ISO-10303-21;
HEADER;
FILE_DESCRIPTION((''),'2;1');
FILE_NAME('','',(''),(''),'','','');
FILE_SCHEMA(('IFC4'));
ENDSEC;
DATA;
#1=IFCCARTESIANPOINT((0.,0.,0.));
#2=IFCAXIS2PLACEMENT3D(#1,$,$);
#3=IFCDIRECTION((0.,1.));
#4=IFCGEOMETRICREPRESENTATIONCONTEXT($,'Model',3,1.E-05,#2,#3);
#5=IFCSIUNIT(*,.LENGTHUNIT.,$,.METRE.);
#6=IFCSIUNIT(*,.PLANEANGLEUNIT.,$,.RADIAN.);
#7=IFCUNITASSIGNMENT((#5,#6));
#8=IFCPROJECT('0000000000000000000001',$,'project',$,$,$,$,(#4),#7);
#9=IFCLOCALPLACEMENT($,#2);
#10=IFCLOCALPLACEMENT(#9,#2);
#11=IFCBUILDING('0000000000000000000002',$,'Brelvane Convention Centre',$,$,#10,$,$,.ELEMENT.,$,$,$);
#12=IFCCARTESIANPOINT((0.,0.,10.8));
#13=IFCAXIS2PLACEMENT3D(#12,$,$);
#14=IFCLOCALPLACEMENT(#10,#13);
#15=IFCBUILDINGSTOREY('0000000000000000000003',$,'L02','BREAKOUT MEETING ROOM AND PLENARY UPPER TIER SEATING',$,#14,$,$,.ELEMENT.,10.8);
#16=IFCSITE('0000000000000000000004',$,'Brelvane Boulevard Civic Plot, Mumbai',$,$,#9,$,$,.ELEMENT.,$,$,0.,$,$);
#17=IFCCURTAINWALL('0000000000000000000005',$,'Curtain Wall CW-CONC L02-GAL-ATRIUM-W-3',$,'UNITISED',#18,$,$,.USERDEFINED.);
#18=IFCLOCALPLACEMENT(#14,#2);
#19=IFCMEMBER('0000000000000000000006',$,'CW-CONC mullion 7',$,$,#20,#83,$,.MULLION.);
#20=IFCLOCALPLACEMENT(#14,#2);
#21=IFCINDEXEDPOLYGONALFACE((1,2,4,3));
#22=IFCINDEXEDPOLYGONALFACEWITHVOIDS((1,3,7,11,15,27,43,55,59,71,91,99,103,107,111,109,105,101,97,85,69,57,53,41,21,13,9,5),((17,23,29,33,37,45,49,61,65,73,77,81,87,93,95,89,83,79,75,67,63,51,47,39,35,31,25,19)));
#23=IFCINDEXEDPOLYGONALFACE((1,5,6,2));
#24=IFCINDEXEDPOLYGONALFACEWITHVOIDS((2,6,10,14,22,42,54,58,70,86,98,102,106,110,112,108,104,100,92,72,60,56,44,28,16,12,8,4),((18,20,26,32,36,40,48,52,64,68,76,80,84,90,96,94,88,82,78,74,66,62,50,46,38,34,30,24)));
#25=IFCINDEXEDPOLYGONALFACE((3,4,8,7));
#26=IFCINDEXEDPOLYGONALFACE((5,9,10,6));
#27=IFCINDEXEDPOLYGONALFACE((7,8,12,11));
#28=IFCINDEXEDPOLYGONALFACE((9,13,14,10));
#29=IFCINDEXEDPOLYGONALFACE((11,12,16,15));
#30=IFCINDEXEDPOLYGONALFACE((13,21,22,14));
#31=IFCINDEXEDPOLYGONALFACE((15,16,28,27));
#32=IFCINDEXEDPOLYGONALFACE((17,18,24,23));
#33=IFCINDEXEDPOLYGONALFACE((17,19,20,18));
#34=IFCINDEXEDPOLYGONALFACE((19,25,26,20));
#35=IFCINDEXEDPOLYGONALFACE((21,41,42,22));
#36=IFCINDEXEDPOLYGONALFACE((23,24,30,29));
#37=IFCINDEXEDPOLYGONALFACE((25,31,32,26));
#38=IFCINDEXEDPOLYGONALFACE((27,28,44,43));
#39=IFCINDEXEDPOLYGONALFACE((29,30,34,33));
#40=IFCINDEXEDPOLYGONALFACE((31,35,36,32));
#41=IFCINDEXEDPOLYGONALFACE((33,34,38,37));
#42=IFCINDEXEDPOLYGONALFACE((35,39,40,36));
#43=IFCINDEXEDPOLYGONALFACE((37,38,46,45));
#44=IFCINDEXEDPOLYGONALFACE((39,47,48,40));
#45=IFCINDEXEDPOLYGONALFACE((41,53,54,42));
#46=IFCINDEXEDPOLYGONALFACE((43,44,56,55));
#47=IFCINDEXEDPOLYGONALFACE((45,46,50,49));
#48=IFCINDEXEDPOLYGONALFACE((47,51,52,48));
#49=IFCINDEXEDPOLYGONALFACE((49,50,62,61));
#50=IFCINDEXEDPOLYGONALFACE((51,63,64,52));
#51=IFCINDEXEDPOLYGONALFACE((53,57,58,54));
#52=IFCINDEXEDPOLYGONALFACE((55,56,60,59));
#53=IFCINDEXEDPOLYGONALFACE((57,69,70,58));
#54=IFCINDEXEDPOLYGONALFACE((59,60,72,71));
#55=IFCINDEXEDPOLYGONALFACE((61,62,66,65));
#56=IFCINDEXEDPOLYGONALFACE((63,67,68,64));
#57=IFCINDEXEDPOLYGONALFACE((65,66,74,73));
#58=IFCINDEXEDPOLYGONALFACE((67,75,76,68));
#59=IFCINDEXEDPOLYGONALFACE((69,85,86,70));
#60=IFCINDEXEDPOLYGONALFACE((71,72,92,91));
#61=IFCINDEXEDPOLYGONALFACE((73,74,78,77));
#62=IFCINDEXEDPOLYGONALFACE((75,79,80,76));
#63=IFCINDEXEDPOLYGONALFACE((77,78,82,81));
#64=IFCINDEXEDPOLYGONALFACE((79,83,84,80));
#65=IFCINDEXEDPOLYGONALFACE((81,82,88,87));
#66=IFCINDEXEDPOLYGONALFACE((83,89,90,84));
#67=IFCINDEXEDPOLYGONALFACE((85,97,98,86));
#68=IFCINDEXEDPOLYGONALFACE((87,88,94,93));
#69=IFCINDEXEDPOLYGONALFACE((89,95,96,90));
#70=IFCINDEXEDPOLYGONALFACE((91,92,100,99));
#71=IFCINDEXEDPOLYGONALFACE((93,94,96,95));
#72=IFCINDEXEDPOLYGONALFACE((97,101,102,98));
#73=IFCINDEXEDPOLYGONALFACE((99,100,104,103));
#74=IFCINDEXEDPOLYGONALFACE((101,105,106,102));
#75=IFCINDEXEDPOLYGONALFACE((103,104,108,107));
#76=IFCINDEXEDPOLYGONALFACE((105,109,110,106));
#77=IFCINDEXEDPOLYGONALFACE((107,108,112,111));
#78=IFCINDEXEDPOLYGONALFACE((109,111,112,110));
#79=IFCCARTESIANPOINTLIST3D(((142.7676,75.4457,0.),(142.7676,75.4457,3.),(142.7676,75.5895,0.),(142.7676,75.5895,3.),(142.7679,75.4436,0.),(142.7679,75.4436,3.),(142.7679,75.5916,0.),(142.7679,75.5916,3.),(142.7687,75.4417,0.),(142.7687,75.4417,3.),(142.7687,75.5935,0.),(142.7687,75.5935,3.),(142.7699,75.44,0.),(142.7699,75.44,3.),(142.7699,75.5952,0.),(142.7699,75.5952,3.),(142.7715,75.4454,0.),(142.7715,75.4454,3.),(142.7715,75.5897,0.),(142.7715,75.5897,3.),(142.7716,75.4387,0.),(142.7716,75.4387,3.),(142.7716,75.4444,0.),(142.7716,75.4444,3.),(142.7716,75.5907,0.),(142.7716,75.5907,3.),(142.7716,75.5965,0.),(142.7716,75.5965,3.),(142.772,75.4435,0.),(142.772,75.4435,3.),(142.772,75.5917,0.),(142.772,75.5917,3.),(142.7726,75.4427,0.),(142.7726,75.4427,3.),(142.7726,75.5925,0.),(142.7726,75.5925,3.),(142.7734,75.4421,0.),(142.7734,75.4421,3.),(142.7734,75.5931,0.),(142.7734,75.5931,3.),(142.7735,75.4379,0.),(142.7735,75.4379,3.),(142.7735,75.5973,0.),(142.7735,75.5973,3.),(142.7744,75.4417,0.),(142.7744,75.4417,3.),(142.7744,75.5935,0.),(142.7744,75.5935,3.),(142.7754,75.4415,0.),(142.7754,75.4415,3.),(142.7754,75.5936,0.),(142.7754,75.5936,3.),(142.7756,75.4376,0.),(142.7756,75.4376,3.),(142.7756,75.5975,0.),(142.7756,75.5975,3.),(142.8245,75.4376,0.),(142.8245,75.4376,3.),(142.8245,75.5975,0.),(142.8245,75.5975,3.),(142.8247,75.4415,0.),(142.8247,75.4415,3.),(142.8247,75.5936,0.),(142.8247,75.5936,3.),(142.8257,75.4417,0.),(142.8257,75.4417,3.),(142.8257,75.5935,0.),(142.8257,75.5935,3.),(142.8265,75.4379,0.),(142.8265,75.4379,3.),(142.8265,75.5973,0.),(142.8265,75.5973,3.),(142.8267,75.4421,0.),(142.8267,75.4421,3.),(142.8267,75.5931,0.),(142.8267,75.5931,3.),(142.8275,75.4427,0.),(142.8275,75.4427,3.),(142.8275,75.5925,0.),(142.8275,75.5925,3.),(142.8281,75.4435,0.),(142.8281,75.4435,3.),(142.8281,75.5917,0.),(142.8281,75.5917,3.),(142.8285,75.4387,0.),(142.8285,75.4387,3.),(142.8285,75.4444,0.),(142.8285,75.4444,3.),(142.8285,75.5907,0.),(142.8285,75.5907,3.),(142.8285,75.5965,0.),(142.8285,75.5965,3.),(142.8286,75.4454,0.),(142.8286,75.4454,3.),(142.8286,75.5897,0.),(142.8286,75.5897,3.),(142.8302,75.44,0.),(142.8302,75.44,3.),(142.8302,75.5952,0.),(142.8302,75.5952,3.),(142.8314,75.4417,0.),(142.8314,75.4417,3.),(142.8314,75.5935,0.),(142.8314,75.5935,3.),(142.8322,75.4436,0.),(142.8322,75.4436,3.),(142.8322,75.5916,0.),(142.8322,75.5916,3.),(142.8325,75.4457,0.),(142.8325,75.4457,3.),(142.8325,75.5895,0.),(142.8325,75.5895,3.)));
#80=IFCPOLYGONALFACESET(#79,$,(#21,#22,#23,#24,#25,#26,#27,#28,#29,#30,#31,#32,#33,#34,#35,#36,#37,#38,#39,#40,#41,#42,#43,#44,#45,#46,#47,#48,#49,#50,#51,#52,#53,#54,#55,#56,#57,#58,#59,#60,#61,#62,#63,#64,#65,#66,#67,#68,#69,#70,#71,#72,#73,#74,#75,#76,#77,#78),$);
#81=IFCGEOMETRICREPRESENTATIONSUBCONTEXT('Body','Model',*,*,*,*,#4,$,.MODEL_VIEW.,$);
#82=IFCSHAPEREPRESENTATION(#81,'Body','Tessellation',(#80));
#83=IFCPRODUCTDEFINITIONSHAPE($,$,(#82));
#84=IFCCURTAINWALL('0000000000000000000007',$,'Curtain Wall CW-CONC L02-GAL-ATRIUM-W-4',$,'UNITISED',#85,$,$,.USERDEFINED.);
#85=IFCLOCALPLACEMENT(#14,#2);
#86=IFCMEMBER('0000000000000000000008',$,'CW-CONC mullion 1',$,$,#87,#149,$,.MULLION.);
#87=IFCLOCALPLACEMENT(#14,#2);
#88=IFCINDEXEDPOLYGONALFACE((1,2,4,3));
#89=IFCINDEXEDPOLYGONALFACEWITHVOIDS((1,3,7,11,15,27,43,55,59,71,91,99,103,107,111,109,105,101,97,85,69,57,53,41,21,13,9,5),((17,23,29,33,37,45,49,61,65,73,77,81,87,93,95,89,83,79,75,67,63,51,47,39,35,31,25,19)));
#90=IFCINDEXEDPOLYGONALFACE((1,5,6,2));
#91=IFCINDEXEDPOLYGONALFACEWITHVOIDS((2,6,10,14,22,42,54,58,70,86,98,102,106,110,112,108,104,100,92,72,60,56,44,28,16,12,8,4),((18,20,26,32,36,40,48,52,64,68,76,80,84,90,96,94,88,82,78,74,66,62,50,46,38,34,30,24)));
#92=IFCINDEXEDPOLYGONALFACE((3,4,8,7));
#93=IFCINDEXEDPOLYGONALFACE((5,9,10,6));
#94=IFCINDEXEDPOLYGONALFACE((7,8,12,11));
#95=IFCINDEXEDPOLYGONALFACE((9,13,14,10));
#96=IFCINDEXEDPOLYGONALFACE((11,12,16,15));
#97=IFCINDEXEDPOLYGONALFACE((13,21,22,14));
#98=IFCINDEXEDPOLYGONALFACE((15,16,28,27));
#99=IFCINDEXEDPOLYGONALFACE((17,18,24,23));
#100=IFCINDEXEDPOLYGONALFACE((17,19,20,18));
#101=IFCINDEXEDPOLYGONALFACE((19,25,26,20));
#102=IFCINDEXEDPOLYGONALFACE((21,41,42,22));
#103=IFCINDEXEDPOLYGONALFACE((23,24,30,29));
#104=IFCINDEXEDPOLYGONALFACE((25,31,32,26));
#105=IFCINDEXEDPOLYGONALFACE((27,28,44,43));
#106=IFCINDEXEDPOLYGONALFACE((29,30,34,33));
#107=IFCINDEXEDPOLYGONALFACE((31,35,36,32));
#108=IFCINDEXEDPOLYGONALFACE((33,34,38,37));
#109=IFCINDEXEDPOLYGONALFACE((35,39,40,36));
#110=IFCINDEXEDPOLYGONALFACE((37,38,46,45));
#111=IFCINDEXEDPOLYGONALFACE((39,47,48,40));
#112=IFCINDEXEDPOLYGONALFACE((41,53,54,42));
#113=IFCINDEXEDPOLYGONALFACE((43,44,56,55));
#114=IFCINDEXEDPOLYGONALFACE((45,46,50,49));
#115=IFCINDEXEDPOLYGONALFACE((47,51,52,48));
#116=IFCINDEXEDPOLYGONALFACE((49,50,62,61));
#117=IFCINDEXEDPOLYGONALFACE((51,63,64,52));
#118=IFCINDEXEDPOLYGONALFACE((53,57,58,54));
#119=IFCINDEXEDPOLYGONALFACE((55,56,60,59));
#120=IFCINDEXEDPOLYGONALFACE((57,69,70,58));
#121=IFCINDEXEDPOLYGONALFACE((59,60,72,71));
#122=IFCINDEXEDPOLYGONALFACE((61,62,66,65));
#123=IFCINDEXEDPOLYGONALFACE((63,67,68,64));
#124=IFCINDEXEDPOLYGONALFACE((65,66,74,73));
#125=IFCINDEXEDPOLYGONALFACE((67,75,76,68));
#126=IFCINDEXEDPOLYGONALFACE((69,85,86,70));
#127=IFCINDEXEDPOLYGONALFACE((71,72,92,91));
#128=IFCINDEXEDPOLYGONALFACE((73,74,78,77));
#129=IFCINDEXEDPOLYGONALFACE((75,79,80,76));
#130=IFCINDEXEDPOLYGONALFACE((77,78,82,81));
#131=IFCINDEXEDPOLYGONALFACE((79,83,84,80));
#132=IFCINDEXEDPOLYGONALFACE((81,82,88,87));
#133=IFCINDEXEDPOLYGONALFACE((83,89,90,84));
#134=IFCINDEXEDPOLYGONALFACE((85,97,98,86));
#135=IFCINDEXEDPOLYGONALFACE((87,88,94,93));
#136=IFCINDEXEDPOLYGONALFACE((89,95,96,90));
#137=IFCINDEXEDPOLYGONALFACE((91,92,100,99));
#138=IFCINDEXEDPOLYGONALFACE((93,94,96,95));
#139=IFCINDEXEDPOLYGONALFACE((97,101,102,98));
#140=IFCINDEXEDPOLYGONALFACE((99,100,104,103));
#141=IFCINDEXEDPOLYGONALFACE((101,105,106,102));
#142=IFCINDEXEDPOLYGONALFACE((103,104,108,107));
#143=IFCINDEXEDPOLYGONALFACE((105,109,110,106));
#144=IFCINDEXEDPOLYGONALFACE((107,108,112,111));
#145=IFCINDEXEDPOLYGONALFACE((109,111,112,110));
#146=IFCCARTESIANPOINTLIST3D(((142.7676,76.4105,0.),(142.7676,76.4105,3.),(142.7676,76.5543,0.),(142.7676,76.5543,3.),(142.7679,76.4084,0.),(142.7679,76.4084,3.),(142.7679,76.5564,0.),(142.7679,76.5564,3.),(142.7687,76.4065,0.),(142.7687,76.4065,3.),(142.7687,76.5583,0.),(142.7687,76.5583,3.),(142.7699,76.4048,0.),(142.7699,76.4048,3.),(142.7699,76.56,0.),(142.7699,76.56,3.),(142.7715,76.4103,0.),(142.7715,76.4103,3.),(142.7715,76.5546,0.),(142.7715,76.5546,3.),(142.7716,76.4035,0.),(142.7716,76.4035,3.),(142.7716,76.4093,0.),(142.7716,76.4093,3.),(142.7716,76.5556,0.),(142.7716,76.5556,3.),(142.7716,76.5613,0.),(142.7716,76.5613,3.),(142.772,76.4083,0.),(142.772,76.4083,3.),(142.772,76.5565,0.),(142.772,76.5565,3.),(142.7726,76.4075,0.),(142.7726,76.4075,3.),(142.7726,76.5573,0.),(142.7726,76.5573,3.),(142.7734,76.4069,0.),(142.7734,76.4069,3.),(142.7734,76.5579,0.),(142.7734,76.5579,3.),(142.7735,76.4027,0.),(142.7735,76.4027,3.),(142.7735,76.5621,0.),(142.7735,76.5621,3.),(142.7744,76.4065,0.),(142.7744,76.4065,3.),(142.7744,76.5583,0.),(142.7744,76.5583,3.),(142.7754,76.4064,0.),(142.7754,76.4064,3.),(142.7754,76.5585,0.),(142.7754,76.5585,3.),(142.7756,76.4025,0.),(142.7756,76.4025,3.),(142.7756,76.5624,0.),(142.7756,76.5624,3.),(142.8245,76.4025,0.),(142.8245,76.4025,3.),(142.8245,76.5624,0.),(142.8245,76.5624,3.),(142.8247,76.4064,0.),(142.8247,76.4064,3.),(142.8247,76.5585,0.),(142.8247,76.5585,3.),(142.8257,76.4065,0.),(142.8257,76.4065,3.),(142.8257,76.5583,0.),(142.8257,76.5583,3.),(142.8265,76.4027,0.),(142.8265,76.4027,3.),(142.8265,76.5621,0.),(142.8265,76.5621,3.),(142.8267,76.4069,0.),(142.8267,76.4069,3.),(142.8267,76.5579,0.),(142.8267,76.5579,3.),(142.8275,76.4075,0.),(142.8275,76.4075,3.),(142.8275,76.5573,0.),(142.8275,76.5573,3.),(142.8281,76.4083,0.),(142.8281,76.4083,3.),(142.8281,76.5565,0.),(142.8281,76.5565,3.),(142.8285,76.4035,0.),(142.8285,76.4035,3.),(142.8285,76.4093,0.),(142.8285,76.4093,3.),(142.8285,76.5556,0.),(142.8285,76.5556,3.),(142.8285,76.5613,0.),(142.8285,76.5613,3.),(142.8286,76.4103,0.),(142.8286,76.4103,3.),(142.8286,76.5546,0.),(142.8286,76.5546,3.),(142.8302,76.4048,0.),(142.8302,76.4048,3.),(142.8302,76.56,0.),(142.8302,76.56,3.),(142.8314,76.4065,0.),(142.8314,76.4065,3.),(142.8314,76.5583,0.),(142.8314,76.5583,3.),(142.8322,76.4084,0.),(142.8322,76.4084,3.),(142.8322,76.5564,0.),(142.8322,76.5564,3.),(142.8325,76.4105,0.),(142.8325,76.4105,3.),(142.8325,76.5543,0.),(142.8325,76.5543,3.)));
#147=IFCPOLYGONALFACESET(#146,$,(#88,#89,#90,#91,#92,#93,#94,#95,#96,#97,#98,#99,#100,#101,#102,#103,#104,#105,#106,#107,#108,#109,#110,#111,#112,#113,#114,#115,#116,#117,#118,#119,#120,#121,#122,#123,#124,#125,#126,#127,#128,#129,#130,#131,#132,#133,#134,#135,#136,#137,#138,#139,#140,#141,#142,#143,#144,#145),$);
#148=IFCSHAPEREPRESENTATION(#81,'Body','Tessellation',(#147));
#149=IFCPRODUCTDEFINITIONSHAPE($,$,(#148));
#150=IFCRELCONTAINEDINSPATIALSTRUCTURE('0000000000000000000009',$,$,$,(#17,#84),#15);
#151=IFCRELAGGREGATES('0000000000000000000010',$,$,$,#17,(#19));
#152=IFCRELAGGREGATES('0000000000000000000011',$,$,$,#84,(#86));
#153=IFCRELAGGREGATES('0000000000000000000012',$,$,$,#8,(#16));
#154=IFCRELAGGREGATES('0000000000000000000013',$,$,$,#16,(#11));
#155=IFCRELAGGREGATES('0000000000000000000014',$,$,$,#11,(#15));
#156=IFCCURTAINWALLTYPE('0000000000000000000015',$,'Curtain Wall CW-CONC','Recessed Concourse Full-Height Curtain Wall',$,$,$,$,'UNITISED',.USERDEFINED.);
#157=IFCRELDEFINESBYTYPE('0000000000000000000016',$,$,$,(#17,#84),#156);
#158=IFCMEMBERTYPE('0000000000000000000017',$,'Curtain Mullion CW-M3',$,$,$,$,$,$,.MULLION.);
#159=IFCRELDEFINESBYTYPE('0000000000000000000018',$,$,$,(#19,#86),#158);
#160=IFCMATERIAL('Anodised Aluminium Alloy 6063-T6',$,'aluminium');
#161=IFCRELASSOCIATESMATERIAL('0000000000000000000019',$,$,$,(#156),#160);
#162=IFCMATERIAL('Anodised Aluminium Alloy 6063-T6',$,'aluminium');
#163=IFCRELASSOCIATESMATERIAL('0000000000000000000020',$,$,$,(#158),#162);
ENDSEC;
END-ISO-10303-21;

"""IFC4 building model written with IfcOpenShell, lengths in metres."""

from ifc_helpers import new_model, si_unit, direction, frame, origin, origin_2d, place, context, subcontext, project, spatial, hollow_rectangle, extrude, material, material_profile, profile_set, type_object, element, aggregate, save


model = new_model("IFC4")

# Units and contexts
model_context = context("Model", 3, precision=1e-05, world=origin(), true_north=direction((0.0, 1.0)))
body_context = subcontext(model_context, "Body", "Model", "MODEL_VIEW")
ifc_project = project(units=[si_unit("LENGTHUNIT", "METRE"), si_unit("PLANEANGLEUNIT", "RADIAN")], contexts=[model_context])

# Site, building, storey
site_placement = place(None, origin())
site = spatial("IfcSite", under=ifc_project, at=site_placement, Name="Brelvane Boulevard Civic Plot, Mumbai", CompositionType="ELEMENT", RefElevation=0.0)
building_placement = place(site_placement, origin())
building = spatial("IfcBuilding", under=site, at=building_placement, Name="Brelvane Convention Centre", CompositionType="ELEMENT")
storey_placement = place(building_placement, frame((0.0, 0.0, 10.8)))
storey = spatial("IfcBuildingStorey", under=building, at=storey_placement, Name="L02", Description="BREAKOUT MEETING ROOM AND PLENARY UPPER TIER SEATING", CompositionType="ELEMENT", Elevation=10.8)

# Curtain walls, members
ifc_material_1 = material(Name="Anodised Aluminium Alloy 6063-T6", Category="aluminium")
curtain_wall_type = type_object("IfcCurtainWallType", Name="Curtain Wall CW-CONC", Description="Recessed Concourse Full-Height Curtain Wall", ElementType="UNITISED", PredefinedType="USERDEFINED", material=ifc_material_1)
curtain_wall_1_placement = place(storey_placement, origin())
curtain_wall_1 = element("IfcCurtainWall", 1, at=curtain_wall_1_placement, inside=storey, type_object=curtain_wall_type, Name="Curtain Wall CW-CONC L02-GAL-ATRIUM-W-3", ObjectType="UNITISED", PredefinedType="USERDEFINED")
ifc_material_2 = material(Name="Anodised Aluminium Alloy 6063-T6", Category="aluminium")
ifc_material_profile_1 = material_profile(ifc_material_2, hollow_rectangle(XDim=0.0649, YDim=0.1599, WallThickness=0.0039, InnerFilletRadius=0.0039, OuterFilletRadius=0.0081, at=origin_2d()), Name="ALU-M 160x65x4.0")
ifc_profile_set_1 = profile_set([ifc_material_profile_1], Name="Anodised Aluminium Alloy 6063-T6")
member_type_1 = type_object("IfcMemberType", Name="Curtain Mullion CW-M3", PredefinedType="MULLION", material=ifc_profile_set_1)
member_1_placement = place(storey_placement, frame((142.8, 75.5176, 0.0), z_axis=(0.0, 0.0, 1.0), x_axis=(-1.0, 0.0, 0.0)))
member_1 = element("IfcMember", 2, at=member_1_placement, type_object=member_type_1, Name="CW-CONC mullion 7", PredefinedType="MULLION", context=body_context, shape_type="SweptSolid", body=[
    extrude(hollow_rectangle(XDim=0.0649, YDim=0.1599, WallThickness=0.0039, InnerFilletRadius=0.0039, OuterFilletRadius=0.0081, at=origin_2d()), origin(), (0.0, 0.0, 1.0), 3.0),
])
curtain_wall_2_placement = place(storey_placement, origin())
curtain_wall_2 = element("IfcCurtainWall", 3, at=curtain_wall_2_placement, inside=storey, type_object=curtain_wall_type, Name="Curtain Wall CW-CONC L02-GAL-ATRIUM-W-4", ObjectType="UNITISED", PredefinedType="USERDEFINED")
member_2_placement = place(storey_placement, frame((142.8, 76.4824, 0.0), z_axis=(0.0, 0.0, 1.0), x_axis=(-1.0, 0.0, 0.0)))
member_2 = element("IfcMember", 4, at=member_2_placement, type_object=member_type_1, Name="CW-CONC mullion 1", PredefinedType="MULLION", context=body_context, shape_type="SweptSolid", body=[
    extrude(hollow_rectangle(XDim=0.0649, YDim=0.1599, WallThickness=0.0039, InnerFilletRadius=0.0039, OuterFilletRadius=0.0081, at=origin_2d()), origin(), (0.0, 0.0, 1.0), 3.0),
])

aggregate(curtain_wall_1, [member_1])
aggregate(curtain_wall_2, [member_2])

save(model, "model.ifc")
